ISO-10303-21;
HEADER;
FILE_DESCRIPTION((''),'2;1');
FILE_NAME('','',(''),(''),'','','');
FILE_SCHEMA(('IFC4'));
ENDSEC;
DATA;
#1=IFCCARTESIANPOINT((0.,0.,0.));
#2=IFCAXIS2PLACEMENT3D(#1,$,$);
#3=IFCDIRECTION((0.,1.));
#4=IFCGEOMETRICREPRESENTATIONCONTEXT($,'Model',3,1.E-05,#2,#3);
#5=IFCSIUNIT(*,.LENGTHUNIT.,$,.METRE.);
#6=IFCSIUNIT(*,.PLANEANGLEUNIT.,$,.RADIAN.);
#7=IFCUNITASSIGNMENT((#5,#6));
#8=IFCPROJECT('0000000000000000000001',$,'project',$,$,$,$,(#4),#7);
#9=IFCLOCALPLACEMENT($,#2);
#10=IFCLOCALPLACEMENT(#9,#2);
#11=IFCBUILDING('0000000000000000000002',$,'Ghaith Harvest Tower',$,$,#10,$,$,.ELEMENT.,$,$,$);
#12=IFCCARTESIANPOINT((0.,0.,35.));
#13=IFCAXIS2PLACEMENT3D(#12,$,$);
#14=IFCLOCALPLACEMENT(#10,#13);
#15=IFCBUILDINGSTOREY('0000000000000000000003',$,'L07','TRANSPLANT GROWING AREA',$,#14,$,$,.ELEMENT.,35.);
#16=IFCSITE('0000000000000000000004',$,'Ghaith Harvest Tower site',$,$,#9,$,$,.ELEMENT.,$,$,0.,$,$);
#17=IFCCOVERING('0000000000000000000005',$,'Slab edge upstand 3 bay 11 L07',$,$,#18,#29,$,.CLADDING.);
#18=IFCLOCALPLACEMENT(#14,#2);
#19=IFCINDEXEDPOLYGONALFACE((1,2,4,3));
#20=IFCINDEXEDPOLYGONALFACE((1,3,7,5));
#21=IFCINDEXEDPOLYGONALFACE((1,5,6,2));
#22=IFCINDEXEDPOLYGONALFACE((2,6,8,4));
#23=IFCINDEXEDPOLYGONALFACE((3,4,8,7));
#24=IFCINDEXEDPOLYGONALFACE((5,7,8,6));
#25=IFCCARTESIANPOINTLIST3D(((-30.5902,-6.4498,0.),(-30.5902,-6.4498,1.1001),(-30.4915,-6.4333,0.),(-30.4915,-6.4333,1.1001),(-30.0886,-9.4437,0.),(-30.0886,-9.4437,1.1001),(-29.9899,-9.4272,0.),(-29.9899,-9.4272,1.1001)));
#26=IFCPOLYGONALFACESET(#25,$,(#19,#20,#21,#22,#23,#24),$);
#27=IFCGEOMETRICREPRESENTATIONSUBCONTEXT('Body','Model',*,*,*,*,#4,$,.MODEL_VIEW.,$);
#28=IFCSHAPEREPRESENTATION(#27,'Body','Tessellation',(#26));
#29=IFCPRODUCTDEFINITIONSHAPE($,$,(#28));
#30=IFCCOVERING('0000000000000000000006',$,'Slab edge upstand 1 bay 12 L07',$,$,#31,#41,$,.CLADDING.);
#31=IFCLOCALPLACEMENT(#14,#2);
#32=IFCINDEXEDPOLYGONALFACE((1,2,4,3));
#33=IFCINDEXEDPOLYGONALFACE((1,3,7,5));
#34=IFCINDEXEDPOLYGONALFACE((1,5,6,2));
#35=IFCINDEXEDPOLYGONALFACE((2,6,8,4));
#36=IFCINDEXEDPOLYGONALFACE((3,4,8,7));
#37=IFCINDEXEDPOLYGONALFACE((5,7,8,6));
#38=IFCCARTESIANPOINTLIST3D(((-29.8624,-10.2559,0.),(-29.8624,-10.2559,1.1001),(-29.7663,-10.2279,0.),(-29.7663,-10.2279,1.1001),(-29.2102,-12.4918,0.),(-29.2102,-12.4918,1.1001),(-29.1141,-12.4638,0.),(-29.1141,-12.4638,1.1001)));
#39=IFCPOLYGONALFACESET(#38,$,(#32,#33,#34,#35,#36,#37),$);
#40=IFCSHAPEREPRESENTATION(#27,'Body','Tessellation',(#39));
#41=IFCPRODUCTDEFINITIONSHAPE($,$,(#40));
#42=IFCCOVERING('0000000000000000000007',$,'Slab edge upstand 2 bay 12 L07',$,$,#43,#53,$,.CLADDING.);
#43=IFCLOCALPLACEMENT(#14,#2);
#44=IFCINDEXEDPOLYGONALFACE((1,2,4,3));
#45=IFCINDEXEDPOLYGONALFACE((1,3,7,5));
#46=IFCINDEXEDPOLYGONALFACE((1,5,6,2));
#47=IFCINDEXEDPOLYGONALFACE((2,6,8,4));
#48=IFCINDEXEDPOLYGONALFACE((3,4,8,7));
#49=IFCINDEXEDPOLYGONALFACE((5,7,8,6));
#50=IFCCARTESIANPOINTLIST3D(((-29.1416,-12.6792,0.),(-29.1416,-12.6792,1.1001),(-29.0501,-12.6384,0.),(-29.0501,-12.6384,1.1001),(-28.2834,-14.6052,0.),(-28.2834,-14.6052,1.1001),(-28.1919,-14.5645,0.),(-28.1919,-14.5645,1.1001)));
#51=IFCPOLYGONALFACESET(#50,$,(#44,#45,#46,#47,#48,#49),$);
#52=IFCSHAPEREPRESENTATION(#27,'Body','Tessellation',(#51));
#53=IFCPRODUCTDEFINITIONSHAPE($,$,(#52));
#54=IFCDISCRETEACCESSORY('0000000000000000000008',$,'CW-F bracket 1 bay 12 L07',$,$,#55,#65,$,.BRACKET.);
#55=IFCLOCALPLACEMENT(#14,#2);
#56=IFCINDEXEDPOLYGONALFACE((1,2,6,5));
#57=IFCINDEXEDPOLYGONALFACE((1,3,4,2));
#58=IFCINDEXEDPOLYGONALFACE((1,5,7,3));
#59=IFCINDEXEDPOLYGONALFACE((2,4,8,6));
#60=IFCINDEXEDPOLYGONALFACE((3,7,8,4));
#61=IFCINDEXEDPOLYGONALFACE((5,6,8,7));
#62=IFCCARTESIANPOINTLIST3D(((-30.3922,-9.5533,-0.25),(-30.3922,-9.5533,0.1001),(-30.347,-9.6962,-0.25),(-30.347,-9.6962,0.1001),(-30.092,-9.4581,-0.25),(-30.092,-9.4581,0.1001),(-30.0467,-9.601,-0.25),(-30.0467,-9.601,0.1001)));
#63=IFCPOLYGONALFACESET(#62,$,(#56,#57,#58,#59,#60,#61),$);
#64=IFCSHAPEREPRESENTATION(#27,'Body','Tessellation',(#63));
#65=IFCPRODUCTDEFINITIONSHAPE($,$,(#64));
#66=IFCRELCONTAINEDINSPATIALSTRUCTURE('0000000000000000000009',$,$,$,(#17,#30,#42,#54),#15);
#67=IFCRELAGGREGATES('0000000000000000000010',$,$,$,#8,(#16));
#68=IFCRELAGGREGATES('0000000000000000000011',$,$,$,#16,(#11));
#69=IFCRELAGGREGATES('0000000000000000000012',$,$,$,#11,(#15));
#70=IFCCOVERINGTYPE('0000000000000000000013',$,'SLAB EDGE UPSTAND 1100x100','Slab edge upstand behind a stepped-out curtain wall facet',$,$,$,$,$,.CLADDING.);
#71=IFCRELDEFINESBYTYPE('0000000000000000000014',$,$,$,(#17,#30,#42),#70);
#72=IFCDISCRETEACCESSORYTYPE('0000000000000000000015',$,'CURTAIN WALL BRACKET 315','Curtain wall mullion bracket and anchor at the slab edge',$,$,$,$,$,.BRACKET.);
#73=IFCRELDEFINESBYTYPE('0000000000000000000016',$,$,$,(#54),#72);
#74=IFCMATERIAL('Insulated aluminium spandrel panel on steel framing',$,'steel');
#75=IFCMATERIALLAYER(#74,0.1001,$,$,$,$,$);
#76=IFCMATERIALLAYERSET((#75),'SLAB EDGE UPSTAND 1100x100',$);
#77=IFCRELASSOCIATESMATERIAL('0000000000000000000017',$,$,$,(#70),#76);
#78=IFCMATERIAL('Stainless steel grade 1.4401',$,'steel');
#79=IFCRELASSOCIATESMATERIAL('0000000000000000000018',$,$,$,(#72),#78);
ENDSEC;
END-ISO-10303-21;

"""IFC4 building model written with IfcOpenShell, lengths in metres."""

from ifc_helpers import new_model, si_unit, direction, frame, origin, origin_2d, place, context, subcontext, project, spatial, rectangle, extrude, material, layer, layer_set, type_object, element, save


model = new_model("IFC4")

# Units and contexts
model_context = context("Model", 3, precision=1e-05, world=origin(), true_north=direction((0.0, 1.0)))
body_context = subcontext(model_context, "Body", "Model", "MODEL_VIEW")
ifc_project = project(units=[si_unit("LENGTHUNIT", "METRE"), si_unit("PLANEANGLEUNIT", "RADIAN")], contexts=[model_context])

# Site, building, storey
site_placement = place(None, origin())
site = spatial("IfcSite", under=ifc_project, at=site_placement, Name="Ghaith Harvest Tower site", CompositionType="ELEMENT", RefElevation=0.0)
building_placement = place(site_placement, origin())
building = spatial("IfcBuilding", under=site, at=building_placement, Name="Ghaith Harvest Tower", CompositionType="ELEMENT")
storey_placement = place(building_placement, frame((0.0, 0.0, 35.0)))
storey = spatial("IfcBuildingStorey", under=building, at=storey_placement, Name="L07", Description="TRANSPLANT GROWING AREA", CompositionType="ELEMENT", Elevation=35.0)

# Coverings
ifc_material_1 = material(Name="Insulated aluminium spandrel panel on steel framing", Category="steel")
ifc_layer_1 = layer(ifc_material_1, 0.1001)
ifc_layer_set_1 = layer_set([ifc_layer_1], Name="SLAB EDGE UPSTAND 1100x100")
covering_type = type_object("IfcCoveringType", Name="SLAB EDGE UPSTAND 1100x100", Description="Slab edge upstand behind a stepped-out curtain wall facet", PredefinedType="CLADDING", material=ifc_layer_set_1)
covering_1_placement = place(storey_placement, frame((-30.29, -7.9385, 0.0), z_axis=(0.0, 0.0, 1.0), x_axis=(0.165246, -0.986252, 0.0)))
element("IfcCovering", 1, at=covering_1_placement, inside=storey, type_object=covering_type, Name="Slab edge upstand 3 bay 11 L07", PredefinedType="CLADDING", context=body_context, shape_type="SweptSolid", body=[
    extrude(rectangle(XDim=3.0356, YDim=0.1001, at=origin_2d()), origin(), (0.0, 0.0, 1.0), 1.1001),
])
covering_2_placement = place(storey_placement, frame((-29.4883, -11.3599, 0.0), z_axis=(0.0, 0.0, 1.0), x_axis=(0.280032, -0.959991, 0.0)))
element("IfcCovering", 2, at=covering_2_placement, inside=storey, type_object=covering_type, Name="Slab edge upstand 1 bay 12 L07", PredefinedType="CLADDING", context=body_context, shape_type="SweptSolid", body=[
    extrude(rectangle(XDim=2.3291, YDim=0.1001, at=origin_2d()), origin(), (0.0, 0.0, 1.0), 1.1001),
])
covering_3_placement = place(storey_placement, frame((-28.6667, -13.6218, 0.0), z_axis=(0.0, 0.0, 1.0), x_axis=(0.407003, -0.913427, 0.0)))
element("IfcCovering", 3, at=covering_3_placement, inside=storey, type_object=covering_type, Name="Slab edge upstand 2 bay 12 L07", PredefinedType="CLADDING", context=body_context, shape_type="SweptSolid", body=[
    extrude(rectangle(XDim=2.1086, YDim=0.1001, at=origin_2d()), origin(), (0.0, 0.0, 1.0), 1.1001),
])

# Discrete accessory
ifc_material_2 = material(Name="Stainless steel grade 1.4401", Category="steel")
discrete_accessory_type = type_object("IfcDiscreteAccessoryType", Name="CURTAIN WALL BRACKET 315", Description="Curtain wall mullion bracket and anchor at the slab edge", PredefinedType="BRACKET", material=ifc_material_2)
discrete_accessory_placement = place(storey_placement, frame((-30.2195, -9.5771, -0.25), z_axis=(0.0, 0.0, 1.0), x_axis=(-0.953273, -0.30211, 0.0)))
element("IfcDiscreteAccessory", 4, at=discrete_accessory_placement, inside=storey, type_object=discrete_accessory_type, Name="CW-F bracket 1 bay 12 L07", PredefinedType="BRACKET", context=body_context, shape_type="SweptSolid", body=[
    extrude(rectangle(XDim=0.3149, YDim=0.1499, at=origin_2d()), origin(), (0.0, 0.0, 1.0), 0.3501),
])

save(model, "model.ifc")
